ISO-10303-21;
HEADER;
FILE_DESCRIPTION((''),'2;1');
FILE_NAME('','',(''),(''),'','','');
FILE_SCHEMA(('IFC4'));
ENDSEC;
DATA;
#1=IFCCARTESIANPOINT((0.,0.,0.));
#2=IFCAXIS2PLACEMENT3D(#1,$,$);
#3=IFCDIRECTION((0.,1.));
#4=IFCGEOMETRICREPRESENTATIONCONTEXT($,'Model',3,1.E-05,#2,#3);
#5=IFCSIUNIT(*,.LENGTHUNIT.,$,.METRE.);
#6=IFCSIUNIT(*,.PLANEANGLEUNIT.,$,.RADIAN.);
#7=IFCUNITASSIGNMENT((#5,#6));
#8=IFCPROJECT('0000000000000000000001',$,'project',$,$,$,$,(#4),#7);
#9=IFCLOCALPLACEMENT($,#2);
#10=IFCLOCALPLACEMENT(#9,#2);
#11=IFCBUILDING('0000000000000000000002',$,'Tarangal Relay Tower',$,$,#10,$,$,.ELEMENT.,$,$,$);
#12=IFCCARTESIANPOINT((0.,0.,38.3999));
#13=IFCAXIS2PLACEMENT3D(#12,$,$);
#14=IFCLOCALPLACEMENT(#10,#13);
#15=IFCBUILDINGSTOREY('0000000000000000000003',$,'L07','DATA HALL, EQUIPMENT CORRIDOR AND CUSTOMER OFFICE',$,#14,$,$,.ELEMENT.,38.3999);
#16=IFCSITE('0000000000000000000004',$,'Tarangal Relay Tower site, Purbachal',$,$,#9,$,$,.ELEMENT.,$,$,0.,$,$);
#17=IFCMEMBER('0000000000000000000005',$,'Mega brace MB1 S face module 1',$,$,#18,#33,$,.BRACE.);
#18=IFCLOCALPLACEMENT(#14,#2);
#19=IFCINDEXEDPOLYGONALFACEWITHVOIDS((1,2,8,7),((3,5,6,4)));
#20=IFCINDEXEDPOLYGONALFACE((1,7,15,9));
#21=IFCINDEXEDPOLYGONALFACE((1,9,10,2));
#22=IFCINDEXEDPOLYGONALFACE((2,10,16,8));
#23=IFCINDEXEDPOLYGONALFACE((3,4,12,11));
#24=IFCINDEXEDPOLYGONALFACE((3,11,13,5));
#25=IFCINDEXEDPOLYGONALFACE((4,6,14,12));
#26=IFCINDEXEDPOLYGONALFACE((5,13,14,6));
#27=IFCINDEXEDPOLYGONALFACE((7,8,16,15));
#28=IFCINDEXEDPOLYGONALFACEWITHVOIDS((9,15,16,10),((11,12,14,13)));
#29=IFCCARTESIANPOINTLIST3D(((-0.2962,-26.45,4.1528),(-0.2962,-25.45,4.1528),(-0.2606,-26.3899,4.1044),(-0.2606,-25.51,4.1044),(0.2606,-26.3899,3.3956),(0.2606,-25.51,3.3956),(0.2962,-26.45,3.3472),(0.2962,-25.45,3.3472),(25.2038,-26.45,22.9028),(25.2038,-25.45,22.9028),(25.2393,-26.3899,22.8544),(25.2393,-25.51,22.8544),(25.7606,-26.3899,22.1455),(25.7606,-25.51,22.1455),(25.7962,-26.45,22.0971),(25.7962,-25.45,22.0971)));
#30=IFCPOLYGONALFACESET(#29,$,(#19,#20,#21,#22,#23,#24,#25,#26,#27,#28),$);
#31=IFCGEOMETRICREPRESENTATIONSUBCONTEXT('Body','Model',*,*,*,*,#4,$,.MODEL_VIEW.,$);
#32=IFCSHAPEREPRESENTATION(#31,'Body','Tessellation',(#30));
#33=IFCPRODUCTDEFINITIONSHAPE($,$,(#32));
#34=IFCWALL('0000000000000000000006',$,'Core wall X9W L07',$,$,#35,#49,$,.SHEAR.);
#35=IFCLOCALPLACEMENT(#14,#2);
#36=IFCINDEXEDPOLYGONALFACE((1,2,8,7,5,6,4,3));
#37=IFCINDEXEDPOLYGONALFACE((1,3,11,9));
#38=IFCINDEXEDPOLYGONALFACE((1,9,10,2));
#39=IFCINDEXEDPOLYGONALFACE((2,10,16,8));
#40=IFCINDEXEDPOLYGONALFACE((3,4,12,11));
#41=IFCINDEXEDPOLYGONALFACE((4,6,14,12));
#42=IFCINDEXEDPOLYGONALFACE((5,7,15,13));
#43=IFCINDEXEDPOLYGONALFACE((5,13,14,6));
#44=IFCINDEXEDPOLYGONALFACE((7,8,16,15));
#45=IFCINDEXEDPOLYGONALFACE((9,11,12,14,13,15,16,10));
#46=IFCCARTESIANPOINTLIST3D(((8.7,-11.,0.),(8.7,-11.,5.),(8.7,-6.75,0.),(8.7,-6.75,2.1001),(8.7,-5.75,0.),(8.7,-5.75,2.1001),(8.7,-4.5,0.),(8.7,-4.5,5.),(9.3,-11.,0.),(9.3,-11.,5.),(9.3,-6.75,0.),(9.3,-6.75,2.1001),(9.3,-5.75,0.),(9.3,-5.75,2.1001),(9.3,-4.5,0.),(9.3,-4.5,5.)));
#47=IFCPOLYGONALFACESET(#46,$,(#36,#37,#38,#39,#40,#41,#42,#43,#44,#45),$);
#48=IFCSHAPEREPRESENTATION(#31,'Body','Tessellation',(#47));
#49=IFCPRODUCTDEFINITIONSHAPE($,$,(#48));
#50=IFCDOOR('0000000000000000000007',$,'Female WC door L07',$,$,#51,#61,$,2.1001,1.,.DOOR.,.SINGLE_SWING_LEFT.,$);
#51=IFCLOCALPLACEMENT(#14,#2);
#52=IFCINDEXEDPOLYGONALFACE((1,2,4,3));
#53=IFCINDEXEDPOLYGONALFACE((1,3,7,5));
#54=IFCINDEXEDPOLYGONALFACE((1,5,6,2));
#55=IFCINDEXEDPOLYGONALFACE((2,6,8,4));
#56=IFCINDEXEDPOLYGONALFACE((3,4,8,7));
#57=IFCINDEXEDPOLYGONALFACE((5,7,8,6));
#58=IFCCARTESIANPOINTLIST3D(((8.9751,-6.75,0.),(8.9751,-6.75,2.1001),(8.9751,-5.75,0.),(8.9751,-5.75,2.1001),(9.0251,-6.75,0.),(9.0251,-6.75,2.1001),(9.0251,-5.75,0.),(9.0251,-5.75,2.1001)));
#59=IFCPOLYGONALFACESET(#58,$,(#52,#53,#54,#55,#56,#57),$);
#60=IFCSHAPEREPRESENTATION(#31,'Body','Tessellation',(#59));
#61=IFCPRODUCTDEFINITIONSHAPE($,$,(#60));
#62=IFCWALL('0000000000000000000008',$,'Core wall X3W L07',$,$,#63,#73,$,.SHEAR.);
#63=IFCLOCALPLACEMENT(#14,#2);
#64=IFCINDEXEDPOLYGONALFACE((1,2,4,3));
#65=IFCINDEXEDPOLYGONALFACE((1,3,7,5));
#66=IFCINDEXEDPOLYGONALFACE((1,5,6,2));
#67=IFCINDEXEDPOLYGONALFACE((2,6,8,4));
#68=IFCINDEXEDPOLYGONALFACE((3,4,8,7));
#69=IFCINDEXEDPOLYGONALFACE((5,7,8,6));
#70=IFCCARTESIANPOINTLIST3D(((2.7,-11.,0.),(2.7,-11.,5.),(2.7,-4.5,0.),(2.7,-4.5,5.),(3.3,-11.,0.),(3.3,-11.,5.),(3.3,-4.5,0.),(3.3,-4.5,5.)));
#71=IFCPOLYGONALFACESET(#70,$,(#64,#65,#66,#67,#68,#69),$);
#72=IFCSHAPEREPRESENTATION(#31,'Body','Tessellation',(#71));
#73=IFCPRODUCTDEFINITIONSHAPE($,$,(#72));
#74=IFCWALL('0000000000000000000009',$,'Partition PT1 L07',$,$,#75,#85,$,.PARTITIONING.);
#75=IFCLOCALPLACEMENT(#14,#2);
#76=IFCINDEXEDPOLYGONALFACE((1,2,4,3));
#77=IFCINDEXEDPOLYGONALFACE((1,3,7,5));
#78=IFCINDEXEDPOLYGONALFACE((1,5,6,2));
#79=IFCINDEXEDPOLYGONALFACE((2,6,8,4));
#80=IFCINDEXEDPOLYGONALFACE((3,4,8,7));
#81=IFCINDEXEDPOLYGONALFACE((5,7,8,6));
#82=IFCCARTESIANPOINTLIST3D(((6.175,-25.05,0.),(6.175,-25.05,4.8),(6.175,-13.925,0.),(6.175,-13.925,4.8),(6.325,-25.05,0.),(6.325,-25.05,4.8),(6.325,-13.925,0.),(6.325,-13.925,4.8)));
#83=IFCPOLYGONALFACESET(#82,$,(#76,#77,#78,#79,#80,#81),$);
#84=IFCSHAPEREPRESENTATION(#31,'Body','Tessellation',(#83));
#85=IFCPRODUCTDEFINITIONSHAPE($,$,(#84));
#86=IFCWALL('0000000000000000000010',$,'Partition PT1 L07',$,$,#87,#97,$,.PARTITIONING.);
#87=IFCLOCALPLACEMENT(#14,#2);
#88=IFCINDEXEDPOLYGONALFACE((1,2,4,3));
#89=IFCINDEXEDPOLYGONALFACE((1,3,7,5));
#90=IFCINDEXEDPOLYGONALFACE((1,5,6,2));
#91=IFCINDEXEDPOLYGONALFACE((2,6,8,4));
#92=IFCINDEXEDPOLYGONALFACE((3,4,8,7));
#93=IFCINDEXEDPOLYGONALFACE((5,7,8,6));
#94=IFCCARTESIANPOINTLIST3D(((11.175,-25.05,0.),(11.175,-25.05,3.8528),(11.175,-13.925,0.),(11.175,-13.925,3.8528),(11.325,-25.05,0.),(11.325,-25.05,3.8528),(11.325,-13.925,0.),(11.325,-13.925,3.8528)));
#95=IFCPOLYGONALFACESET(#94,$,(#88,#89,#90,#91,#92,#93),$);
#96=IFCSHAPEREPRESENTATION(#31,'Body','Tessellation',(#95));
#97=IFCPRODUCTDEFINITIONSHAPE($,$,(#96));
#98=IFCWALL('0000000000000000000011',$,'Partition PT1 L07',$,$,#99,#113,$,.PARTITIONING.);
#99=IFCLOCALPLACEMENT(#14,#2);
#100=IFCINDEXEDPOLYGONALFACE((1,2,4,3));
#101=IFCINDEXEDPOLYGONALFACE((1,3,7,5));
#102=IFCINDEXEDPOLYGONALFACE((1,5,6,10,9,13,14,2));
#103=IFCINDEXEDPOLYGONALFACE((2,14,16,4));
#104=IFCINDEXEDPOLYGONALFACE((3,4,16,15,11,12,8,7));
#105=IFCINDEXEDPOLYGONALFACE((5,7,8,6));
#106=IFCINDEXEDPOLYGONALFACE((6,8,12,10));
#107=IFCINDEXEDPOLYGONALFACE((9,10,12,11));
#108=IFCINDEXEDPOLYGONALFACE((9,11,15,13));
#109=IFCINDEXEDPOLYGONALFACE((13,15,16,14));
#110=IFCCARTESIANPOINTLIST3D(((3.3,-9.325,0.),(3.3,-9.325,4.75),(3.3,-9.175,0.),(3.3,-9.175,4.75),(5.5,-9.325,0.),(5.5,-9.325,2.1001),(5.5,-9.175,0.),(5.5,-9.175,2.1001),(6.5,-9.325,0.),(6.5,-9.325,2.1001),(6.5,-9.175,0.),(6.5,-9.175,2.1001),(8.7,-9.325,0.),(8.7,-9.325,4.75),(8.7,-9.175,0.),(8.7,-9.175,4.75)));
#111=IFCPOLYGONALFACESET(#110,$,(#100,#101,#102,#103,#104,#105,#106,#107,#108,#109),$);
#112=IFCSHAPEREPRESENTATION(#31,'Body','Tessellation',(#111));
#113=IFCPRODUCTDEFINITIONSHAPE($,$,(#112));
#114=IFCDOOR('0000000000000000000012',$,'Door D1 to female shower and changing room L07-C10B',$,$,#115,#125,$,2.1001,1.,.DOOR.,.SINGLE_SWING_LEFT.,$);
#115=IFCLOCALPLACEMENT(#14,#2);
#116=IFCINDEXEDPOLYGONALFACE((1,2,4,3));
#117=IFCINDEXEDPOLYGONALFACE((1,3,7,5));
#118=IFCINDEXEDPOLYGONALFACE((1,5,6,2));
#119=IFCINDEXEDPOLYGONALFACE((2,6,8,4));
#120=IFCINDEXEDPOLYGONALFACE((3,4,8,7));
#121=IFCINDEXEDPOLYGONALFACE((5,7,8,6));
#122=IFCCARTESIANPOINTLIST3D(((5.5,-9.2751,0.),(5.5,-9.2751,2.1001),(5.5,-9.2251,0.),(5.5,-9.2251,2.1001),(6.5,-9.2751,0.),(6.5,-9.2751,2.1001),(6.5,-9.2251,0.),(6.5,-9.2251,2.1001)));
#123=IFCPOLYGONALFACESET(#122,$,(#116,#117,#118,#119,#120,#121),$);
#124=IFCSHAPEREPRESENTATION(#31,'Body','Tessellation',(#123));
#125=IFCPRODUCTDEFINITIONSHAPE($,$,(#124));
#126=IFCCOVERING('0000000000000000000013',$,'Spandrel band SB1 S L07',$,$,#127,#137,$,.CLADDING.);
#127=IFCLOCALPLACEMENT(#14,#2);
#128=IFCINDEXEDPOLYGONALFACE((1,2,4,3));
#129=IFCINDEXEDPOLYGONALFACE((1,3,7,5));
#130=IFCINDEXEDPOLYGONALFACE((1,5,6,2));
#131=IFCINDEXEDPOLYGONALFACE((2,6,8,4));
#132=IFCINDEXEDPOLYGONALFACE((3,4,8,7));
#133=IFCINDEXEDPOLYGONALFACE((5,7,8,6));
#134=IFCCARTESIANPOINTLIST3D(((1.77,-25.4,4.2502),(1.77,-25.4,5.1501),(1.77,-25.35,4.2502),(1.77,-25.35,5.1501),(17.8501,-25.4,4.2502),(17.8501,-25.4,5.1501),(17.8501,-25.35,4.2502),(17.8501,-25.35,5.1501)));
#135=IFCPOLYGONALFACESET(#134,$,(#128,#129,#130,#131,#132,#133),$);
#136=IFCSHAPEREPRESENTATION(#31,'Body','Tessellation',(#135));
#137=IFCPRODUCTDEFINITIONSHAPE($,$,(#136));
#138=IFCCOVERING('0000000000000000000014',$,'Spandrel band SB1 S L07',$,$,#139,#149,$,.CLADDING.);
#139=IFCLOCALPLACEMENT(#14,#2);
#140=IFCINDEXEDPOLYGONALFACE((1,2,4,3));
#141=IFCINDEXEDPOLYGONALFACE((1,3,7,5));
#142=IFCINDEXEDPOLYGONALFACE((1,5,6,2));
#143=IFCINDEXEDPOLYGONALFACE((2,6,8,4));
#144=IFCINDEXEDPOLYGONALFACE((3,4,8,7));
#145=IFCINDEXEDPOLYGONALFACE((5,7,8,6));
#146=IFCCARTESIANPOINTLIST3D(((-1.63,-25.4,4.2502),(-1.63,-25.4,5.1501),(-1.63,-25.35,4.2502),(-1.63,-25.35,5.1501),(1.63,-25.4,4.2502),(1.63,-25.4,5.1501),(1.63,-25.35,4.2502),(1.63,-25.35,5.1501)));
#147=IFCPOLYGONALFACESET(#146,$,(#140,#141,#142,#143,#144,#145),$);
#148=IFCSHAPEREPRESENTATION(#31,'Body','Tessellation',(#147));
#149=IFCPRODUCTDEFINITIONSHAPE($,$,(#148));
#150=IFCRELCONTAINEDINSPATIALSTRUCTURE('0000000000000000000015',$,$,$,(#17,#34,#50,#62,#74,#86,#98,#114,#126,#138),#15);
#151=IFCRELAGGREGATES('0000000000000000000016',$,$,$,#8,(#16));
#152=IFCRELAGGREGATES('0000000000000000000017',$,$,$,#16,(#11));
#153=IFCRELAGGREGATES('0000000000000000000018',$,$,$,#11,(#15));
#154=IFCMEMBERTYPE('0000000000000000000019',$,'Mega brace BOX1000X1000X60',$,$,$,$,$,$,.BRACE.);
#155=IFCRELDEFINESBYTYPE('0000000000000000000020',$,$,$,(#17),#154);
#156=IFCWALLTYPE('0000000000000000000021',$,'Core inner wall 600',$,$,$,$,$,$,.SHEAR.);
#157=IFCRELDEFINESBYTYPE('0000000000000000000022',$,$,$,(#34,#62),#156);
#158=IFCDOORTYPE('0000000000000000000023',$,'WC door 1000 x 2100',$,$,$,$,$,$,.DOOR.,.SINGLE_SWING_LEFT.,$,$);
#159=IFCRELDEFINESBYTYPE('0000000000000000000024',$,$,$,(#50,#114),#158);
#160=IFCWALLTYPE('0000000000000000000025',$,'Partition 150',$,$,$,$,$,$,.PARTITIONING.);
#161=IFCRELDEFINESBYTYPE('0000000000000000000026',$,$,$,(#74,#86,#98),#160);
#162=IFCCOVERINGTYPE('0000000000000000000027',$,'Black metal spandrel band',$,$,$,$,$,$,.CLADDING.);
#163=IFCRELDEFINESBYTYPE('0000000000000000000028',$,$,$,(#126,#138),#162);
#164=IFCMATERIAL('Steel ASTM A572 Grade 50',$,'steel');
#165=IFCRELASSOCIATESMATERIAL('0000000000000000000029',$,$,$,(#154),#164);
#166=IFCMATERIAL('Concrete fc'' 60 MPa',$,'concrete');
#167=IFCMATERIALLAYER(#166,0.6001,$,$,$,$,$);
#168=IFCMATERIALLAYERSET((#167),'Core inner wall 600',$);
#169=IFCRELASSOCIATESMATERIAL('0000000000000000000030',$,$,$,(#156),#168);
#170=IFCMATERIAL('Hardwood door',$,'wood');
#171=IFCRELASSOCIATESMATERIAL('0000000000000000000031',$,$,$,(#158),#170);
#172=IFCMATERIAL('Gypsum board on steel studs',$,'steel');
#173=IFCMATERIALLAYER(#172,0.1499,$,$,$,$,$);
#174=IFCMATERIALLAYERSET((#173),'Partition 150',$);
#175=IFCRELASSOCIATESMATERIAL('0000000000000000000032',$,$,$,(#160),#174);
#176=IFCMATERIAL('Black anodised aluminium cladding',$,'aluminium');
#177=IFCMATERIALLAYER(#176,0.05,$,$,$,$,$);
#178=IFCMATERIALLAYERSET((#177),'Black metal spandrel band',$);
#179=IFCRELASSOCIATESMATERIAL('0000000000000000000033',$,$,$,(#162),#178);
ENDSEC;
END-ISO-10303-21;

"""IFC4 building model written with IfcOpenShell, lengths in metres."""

from ifc_helpers import new_model, si_unit, direction, frame, frame_2d, origin, origin_2d, place, context, subcontext, project, spatial, rectangle, hollow_rectangle, extrude, material, layer, layer_set, material_profile, profile_set, type_object, element, fill, save


model = new_model("IFC4")

# Units and contexts
model_context = context("Model", 3, precision=1e-05, world=origin(), true_north=direction((0.0, 1.0)))
body_context = subcontext(model_context, "Body", "Model", "MODEL_VIEW")
ifc_project = project(units=[si_unit("LENGTHUNIT", "METRE"), si_unit("PLANEANGLEUNIT", "RADIAN")], contexts=[model_context])

# Site, building, storey
site_placement = place(None, origin())
site = spatial("IfcSite", under=ifc_project, at=site_placement, Name="Tarangal Relay Tower site, Purbachal", CompositionType="ELEMENT", RefElevation=0.0)
building_placement = place(site_placement, origin())
building = spatial("IfcBuilding", under=site, at=building_placement, Name="Tarangal Relay Tower", CompositionType="ELEMENT")
storey_placement = place(building_placement, frame((0.0, 0.0, 38.3999)))
storey = spatial("IfcBuildingStorey", under=building, at=storey_placement, Name="L07", Description="DATA HALL, EQUIPMENT CORRIDOR AND CUSTOMER OFFICE", CompositionType="ELEMENT", Elevation=38.3999)

# Shared definitions
ifc_material_1 = material(Name="Steel ASTM A572 Grade 50", Category="steel")

# Member
ifc_material_profile_1 = material_profile(ifc_material_1, hollow_rectangle(XDim=1.0, YDim=1.0, WallThickness=0.0601, at=origin_2d()), Name="BOX1000X1000X60")
ifc_profile_set_1 = profile_set([ifc_material_profile_1], Name="Steel ASTM A572 Grade 50")
member_type = type_object("IfcMemberType", Name="Mega brace BOX1000X1000X60", PredefinedType="BRACE", material=ifc_profile_set_1)
for number, where, z_axis, x_axis, name in (
    (1, (0.0, -25.95, 3.75), (0.805651, 0.0, 0.59239), (0.0, 1.0, 0.0), "Mega brace MB1 S face module 1"),
):
    element("IfcMember", number, at=place(storey_placement, frame(where, z_axis=z_axis, x_axis=x_axis)), inside=storey, type_object=member_type, Name=name, PredefinedType="BRACE", context=body_context, shape_type="SweptSolid", body=[
        extrude(hollow_rectangle(XDim=1.0, YDim=1.0, WallThickness=0.0601, at=origin_2d()), origin(), (0.0, 0.0, 1.0), 31.6514),
    ])

# Wall, opening, door
ifc_material_2 = material(Name="Concrete fc' 60 MPa", Category="concrete")
ifc_layer_1 = layer(ifc_material_2, 0.6001)
ifc_layer_set_1 = layer_set([ifc_layer_1], Name="Core inner wall 600")
wall_type_1 = type_object("IfcWallType", Name="Core inner wall 600", PredefinedType="SHEAR", material=ifc_layer_set_1)
wall_1_placement = place(storey_placement, frame((9.0, -11.0, 0.0), z_axis=(0.0, 0.0, 1.0), x_axis=(0.0, 1.0, 0.0)))
wall_1 = element("IfcWall", 2, at=wall_1_placement, inside=storey, type_object=wall_type_1, Name="Core wall X9W L07", PredefinedType="SHEAR", context=body_context, shape_type="SweptSolid", body=[
    extrude(rectangle(XDim=6.5, YDim=0.6001, at=frame_2d((3.25, 0.0))), origin(), (0.0, 0.0, 1.0), 5.0),
])
opening_1_placement = place(wall_1_placement, frame((4.25, 0.0, 0.0)))
opening_1 = element("IfcOpeningElement", 3, at=opening_1_placement, cuts=wall_1, PredefinedType="OPENING", context=body_context, shape_type="SweptSolid", body=[
    extrude(rectangle(XDim=1.0, YDim=2.1001, at=frame_2d((0.5, 1.05))), frame((0.0, 0.3101, 0.0), z_axis=(0.0, -1.0, 0.0), x_axis=(1.0, 0.0, 0.0)), (0.0, 0.0, 1.0), 0.6201),
])
ifc_material_3 = material(Name="Hardwood door", Category="wood")
door_type = type_object("IfcDoorType", Name="WC door 1000 x 2100", OperationType="SINGLE_SWING_LEFT", PredefinedType="DOOR", material=ifc_material_3)
door_1_placement = place(opening_1_placement, origin())
door_1 = element("IfcDoor", 4, at=door_1_placement, inside=storey, type_object=door_type, Name="Female WC door L07", OperationType="SINGLE_SWING_LEFT", OverallHeight=2.1001, OverallWidth=1.0, PredefinedType="DOOR", context=body_context, shape_type="SweptSolid", body=[
    extrude(rectangle(XDim=1.0, YDim=2.1001, at=frame_2d((0.5, 1.05))), frame((0.0, 0.0249, 0.0), z_axis=(0.0, -1.0, 0.0), x_axis=(1.0, 0.0, 0.0)), (0.0, 0.0, 1.0), 0.05),
])
fill(opening_1, door_1)

# Walls
wall_2_placement = place(storey_placement, frame((3.0, -11.0, 0.0), z_axis=(0.0, 0.0, 1.0), x_axis=(0.0, 1.0, 0.0)))
element("IfcWall", 5, at=wall_2_placement, inside=storey, type_object=wall_type_1, Name="Core wall X3W L07", PredefinedType="SHEAR", context=body_context, shape_type="SweptSolid", body=[
    extrude(rectangle(XDim=6.5, YDim=0.6001, at=frame_2d((3.25, 0.0))), origin(), (0.0, 0.0, 1.0), 5.0),
])
ifc_material_4 = material(Name="Gypsum board on steel studs", Category="steel")
ifc_layer_2 = layer(ifc_material_4, 0.1499)
ifc_layer_set_2 = layer_set([ifc_layer_2], Name="Partition 150")
wall_type_2 = type_object("IfcWallType", Name="Partition 150", PredefinedType="PARTITIONING", material=ifc_layer_set_2)
wall_3_placement = place(storey_placement, frame((6.25, -25.05, 0.0), z_axis=(0.0, 0.0, 1.0), x_axis=(0.0, 1.0, 0.0)))
element("IfcWall", 6, at=wall_3_placement, inside=storey, type_object=wall_type_2, Name="Partition PT1 L07", PredefinedType="PARTITIONING", context=body_context, shape_type="SweptSolid", body=[
    extrude(rectangle(XDim=11.125, YDim=0.1499, at=frame_2d((5.5625, 0.0))), origin(), (0.0, 0.0, 1.0), 4.8),
])
wall_4_placement = place(storey_placement, frame((11.25, -25.05, 0.0), z_axis=(0.0, 0.0, 1.0), x_axis=(0.0, 1.0, 0.0)))
element("IfcWall", 7, at=wall_4_placement, inside=storey, type_object=wall_type_2, Name="Partition PT1 L07", PredefinedType="PARTITIONING", context=body_context, shape_type="SweptSolid", body=[
    extrude(rectangle(XDim=11.125, YDim=0.1499, at=frame_2d((5.5625, 0.0))), origin(), (0.0, 0.0, 1.0), 3.8528),
])

# Wall, opening, door
wall_5_placement = place(storey_placement, frame((3.3, -9.25, 0.0), z_axis=(0.0, 0.0, 1.0), x_axis=(1.0, 0.0, 0.0)))
wall_5 = element("IfcWall", 8, at=wall_5_placement, inside=storey, type_object=wall_type_2, Name="Partition PT1 L07", PredefinedType="PARTITIONING", context=body_context, shape_type="SweptSolid", body=[
    extrude(rectangle(XDim=5.3999, YDim=0.1499, at=frame_2d((2.7, 0.0))), origin(), (0.0, 0.0, 1.0), 4.75),
])
opening_2_placement = place(wall_5_placement, frame((2.2, 0.0, 0.0)))
opening_2 = element("IfcOpeningElement", 9, at=opening_2_placement, cuts=wall_5, PredefinedType="OPENING", context=body_context, shape_type="SweptSolid", body=[
    extrude(rectangle(XDim=1.0, YDim=2.1001, at=frame_2d((0.5, 1.05))), frame((0.0, 0.085, 0.0), z_axis=(0.0, -1.0, 0.0), x_axis=(1.0, 0.0, 0.0)), (0.0, 0.0, 1.0), 0.1699),
])
door_2_placement = place(opening_2_placement, origin())
door_2 = element("IfcDoor", 10, at=door_2_placement, inside=storey, type_object=door_type, Name="Door D1 to female shower and changing room L07-C10B", OperationType="SINGLE_SWING_LEFT", OverallHeight=2.1001, OverallWidth=1.0, PredefinedType="DOOR", context=body_context, shape_type="SweptSolid", body=[
    extrude(rectangle(XDim=1.0, YDim=2.1001, at=frame_2d((0.5, 1.05))), frame((0.0, 0.0249, 0.0), z_axis=(0.0, -1.0, 0.0), x_axis=(1.0, 0.0, 0.0)), (0.0, 0.0, 1.0), 0.05),
])
fill(opening_2, door_2)

# Coverings
ifc_material_5 = material(Name="Black anodised aluminium cladding", Category="aluminium")
ifc_layer_3 = layer(ifc_material_5, 0.05)
ifc_layer_set_3 = layer_set([ifc_layer_3], Name="Black metal spandrel band")
covering_type = type_object("IfcCoveringType", Name="Black metal spandrel band", PredefinedType="CLADDING", material=ifc_layer_set_3)
covering_1_placement = place(storey_placement, frame((9.8101, -25.375, 4.2502), z_axis=(0.0, 0.0, 1.0), x_axis=(-1.0, 0.0, 0.0)))
element("IfcCovering", 11, at=covering_1_placement, inside=storey, type_object=covering_type, Name="Spandrel band SB1 S L07", PredefinedType="CLADDING", context=body_context, shape_type="SweptSolid", body=[
    extrude(rectangle(XDim=16.0801, YDim=0.05, at=origin_2d()), origin(), (0.0, 0.0, 1.0), 0.8999),
])
covering_2_placement = place(storey_placement, frame((0.0, -25.375, 4.2502), z_axis=(0.0, 0.0, 1.0), x_axis=(-1.0, 0.0, 0.0)))
element("IfcCovering", 12, at=covering_2_placement, inside=storey, type_object=covering_type, Name="Spandrel band SB1 S L07", PredefinedType="CLADDING", context=body_context, shape_type="SweptSolid", body=[
    extrude(rectangle(XDim=3.26, YDim=0.05, at=origin_2d()), origin(), (0.0, 0.0, 1.0), 0.8999),
])

save(model, "model.ifc")
